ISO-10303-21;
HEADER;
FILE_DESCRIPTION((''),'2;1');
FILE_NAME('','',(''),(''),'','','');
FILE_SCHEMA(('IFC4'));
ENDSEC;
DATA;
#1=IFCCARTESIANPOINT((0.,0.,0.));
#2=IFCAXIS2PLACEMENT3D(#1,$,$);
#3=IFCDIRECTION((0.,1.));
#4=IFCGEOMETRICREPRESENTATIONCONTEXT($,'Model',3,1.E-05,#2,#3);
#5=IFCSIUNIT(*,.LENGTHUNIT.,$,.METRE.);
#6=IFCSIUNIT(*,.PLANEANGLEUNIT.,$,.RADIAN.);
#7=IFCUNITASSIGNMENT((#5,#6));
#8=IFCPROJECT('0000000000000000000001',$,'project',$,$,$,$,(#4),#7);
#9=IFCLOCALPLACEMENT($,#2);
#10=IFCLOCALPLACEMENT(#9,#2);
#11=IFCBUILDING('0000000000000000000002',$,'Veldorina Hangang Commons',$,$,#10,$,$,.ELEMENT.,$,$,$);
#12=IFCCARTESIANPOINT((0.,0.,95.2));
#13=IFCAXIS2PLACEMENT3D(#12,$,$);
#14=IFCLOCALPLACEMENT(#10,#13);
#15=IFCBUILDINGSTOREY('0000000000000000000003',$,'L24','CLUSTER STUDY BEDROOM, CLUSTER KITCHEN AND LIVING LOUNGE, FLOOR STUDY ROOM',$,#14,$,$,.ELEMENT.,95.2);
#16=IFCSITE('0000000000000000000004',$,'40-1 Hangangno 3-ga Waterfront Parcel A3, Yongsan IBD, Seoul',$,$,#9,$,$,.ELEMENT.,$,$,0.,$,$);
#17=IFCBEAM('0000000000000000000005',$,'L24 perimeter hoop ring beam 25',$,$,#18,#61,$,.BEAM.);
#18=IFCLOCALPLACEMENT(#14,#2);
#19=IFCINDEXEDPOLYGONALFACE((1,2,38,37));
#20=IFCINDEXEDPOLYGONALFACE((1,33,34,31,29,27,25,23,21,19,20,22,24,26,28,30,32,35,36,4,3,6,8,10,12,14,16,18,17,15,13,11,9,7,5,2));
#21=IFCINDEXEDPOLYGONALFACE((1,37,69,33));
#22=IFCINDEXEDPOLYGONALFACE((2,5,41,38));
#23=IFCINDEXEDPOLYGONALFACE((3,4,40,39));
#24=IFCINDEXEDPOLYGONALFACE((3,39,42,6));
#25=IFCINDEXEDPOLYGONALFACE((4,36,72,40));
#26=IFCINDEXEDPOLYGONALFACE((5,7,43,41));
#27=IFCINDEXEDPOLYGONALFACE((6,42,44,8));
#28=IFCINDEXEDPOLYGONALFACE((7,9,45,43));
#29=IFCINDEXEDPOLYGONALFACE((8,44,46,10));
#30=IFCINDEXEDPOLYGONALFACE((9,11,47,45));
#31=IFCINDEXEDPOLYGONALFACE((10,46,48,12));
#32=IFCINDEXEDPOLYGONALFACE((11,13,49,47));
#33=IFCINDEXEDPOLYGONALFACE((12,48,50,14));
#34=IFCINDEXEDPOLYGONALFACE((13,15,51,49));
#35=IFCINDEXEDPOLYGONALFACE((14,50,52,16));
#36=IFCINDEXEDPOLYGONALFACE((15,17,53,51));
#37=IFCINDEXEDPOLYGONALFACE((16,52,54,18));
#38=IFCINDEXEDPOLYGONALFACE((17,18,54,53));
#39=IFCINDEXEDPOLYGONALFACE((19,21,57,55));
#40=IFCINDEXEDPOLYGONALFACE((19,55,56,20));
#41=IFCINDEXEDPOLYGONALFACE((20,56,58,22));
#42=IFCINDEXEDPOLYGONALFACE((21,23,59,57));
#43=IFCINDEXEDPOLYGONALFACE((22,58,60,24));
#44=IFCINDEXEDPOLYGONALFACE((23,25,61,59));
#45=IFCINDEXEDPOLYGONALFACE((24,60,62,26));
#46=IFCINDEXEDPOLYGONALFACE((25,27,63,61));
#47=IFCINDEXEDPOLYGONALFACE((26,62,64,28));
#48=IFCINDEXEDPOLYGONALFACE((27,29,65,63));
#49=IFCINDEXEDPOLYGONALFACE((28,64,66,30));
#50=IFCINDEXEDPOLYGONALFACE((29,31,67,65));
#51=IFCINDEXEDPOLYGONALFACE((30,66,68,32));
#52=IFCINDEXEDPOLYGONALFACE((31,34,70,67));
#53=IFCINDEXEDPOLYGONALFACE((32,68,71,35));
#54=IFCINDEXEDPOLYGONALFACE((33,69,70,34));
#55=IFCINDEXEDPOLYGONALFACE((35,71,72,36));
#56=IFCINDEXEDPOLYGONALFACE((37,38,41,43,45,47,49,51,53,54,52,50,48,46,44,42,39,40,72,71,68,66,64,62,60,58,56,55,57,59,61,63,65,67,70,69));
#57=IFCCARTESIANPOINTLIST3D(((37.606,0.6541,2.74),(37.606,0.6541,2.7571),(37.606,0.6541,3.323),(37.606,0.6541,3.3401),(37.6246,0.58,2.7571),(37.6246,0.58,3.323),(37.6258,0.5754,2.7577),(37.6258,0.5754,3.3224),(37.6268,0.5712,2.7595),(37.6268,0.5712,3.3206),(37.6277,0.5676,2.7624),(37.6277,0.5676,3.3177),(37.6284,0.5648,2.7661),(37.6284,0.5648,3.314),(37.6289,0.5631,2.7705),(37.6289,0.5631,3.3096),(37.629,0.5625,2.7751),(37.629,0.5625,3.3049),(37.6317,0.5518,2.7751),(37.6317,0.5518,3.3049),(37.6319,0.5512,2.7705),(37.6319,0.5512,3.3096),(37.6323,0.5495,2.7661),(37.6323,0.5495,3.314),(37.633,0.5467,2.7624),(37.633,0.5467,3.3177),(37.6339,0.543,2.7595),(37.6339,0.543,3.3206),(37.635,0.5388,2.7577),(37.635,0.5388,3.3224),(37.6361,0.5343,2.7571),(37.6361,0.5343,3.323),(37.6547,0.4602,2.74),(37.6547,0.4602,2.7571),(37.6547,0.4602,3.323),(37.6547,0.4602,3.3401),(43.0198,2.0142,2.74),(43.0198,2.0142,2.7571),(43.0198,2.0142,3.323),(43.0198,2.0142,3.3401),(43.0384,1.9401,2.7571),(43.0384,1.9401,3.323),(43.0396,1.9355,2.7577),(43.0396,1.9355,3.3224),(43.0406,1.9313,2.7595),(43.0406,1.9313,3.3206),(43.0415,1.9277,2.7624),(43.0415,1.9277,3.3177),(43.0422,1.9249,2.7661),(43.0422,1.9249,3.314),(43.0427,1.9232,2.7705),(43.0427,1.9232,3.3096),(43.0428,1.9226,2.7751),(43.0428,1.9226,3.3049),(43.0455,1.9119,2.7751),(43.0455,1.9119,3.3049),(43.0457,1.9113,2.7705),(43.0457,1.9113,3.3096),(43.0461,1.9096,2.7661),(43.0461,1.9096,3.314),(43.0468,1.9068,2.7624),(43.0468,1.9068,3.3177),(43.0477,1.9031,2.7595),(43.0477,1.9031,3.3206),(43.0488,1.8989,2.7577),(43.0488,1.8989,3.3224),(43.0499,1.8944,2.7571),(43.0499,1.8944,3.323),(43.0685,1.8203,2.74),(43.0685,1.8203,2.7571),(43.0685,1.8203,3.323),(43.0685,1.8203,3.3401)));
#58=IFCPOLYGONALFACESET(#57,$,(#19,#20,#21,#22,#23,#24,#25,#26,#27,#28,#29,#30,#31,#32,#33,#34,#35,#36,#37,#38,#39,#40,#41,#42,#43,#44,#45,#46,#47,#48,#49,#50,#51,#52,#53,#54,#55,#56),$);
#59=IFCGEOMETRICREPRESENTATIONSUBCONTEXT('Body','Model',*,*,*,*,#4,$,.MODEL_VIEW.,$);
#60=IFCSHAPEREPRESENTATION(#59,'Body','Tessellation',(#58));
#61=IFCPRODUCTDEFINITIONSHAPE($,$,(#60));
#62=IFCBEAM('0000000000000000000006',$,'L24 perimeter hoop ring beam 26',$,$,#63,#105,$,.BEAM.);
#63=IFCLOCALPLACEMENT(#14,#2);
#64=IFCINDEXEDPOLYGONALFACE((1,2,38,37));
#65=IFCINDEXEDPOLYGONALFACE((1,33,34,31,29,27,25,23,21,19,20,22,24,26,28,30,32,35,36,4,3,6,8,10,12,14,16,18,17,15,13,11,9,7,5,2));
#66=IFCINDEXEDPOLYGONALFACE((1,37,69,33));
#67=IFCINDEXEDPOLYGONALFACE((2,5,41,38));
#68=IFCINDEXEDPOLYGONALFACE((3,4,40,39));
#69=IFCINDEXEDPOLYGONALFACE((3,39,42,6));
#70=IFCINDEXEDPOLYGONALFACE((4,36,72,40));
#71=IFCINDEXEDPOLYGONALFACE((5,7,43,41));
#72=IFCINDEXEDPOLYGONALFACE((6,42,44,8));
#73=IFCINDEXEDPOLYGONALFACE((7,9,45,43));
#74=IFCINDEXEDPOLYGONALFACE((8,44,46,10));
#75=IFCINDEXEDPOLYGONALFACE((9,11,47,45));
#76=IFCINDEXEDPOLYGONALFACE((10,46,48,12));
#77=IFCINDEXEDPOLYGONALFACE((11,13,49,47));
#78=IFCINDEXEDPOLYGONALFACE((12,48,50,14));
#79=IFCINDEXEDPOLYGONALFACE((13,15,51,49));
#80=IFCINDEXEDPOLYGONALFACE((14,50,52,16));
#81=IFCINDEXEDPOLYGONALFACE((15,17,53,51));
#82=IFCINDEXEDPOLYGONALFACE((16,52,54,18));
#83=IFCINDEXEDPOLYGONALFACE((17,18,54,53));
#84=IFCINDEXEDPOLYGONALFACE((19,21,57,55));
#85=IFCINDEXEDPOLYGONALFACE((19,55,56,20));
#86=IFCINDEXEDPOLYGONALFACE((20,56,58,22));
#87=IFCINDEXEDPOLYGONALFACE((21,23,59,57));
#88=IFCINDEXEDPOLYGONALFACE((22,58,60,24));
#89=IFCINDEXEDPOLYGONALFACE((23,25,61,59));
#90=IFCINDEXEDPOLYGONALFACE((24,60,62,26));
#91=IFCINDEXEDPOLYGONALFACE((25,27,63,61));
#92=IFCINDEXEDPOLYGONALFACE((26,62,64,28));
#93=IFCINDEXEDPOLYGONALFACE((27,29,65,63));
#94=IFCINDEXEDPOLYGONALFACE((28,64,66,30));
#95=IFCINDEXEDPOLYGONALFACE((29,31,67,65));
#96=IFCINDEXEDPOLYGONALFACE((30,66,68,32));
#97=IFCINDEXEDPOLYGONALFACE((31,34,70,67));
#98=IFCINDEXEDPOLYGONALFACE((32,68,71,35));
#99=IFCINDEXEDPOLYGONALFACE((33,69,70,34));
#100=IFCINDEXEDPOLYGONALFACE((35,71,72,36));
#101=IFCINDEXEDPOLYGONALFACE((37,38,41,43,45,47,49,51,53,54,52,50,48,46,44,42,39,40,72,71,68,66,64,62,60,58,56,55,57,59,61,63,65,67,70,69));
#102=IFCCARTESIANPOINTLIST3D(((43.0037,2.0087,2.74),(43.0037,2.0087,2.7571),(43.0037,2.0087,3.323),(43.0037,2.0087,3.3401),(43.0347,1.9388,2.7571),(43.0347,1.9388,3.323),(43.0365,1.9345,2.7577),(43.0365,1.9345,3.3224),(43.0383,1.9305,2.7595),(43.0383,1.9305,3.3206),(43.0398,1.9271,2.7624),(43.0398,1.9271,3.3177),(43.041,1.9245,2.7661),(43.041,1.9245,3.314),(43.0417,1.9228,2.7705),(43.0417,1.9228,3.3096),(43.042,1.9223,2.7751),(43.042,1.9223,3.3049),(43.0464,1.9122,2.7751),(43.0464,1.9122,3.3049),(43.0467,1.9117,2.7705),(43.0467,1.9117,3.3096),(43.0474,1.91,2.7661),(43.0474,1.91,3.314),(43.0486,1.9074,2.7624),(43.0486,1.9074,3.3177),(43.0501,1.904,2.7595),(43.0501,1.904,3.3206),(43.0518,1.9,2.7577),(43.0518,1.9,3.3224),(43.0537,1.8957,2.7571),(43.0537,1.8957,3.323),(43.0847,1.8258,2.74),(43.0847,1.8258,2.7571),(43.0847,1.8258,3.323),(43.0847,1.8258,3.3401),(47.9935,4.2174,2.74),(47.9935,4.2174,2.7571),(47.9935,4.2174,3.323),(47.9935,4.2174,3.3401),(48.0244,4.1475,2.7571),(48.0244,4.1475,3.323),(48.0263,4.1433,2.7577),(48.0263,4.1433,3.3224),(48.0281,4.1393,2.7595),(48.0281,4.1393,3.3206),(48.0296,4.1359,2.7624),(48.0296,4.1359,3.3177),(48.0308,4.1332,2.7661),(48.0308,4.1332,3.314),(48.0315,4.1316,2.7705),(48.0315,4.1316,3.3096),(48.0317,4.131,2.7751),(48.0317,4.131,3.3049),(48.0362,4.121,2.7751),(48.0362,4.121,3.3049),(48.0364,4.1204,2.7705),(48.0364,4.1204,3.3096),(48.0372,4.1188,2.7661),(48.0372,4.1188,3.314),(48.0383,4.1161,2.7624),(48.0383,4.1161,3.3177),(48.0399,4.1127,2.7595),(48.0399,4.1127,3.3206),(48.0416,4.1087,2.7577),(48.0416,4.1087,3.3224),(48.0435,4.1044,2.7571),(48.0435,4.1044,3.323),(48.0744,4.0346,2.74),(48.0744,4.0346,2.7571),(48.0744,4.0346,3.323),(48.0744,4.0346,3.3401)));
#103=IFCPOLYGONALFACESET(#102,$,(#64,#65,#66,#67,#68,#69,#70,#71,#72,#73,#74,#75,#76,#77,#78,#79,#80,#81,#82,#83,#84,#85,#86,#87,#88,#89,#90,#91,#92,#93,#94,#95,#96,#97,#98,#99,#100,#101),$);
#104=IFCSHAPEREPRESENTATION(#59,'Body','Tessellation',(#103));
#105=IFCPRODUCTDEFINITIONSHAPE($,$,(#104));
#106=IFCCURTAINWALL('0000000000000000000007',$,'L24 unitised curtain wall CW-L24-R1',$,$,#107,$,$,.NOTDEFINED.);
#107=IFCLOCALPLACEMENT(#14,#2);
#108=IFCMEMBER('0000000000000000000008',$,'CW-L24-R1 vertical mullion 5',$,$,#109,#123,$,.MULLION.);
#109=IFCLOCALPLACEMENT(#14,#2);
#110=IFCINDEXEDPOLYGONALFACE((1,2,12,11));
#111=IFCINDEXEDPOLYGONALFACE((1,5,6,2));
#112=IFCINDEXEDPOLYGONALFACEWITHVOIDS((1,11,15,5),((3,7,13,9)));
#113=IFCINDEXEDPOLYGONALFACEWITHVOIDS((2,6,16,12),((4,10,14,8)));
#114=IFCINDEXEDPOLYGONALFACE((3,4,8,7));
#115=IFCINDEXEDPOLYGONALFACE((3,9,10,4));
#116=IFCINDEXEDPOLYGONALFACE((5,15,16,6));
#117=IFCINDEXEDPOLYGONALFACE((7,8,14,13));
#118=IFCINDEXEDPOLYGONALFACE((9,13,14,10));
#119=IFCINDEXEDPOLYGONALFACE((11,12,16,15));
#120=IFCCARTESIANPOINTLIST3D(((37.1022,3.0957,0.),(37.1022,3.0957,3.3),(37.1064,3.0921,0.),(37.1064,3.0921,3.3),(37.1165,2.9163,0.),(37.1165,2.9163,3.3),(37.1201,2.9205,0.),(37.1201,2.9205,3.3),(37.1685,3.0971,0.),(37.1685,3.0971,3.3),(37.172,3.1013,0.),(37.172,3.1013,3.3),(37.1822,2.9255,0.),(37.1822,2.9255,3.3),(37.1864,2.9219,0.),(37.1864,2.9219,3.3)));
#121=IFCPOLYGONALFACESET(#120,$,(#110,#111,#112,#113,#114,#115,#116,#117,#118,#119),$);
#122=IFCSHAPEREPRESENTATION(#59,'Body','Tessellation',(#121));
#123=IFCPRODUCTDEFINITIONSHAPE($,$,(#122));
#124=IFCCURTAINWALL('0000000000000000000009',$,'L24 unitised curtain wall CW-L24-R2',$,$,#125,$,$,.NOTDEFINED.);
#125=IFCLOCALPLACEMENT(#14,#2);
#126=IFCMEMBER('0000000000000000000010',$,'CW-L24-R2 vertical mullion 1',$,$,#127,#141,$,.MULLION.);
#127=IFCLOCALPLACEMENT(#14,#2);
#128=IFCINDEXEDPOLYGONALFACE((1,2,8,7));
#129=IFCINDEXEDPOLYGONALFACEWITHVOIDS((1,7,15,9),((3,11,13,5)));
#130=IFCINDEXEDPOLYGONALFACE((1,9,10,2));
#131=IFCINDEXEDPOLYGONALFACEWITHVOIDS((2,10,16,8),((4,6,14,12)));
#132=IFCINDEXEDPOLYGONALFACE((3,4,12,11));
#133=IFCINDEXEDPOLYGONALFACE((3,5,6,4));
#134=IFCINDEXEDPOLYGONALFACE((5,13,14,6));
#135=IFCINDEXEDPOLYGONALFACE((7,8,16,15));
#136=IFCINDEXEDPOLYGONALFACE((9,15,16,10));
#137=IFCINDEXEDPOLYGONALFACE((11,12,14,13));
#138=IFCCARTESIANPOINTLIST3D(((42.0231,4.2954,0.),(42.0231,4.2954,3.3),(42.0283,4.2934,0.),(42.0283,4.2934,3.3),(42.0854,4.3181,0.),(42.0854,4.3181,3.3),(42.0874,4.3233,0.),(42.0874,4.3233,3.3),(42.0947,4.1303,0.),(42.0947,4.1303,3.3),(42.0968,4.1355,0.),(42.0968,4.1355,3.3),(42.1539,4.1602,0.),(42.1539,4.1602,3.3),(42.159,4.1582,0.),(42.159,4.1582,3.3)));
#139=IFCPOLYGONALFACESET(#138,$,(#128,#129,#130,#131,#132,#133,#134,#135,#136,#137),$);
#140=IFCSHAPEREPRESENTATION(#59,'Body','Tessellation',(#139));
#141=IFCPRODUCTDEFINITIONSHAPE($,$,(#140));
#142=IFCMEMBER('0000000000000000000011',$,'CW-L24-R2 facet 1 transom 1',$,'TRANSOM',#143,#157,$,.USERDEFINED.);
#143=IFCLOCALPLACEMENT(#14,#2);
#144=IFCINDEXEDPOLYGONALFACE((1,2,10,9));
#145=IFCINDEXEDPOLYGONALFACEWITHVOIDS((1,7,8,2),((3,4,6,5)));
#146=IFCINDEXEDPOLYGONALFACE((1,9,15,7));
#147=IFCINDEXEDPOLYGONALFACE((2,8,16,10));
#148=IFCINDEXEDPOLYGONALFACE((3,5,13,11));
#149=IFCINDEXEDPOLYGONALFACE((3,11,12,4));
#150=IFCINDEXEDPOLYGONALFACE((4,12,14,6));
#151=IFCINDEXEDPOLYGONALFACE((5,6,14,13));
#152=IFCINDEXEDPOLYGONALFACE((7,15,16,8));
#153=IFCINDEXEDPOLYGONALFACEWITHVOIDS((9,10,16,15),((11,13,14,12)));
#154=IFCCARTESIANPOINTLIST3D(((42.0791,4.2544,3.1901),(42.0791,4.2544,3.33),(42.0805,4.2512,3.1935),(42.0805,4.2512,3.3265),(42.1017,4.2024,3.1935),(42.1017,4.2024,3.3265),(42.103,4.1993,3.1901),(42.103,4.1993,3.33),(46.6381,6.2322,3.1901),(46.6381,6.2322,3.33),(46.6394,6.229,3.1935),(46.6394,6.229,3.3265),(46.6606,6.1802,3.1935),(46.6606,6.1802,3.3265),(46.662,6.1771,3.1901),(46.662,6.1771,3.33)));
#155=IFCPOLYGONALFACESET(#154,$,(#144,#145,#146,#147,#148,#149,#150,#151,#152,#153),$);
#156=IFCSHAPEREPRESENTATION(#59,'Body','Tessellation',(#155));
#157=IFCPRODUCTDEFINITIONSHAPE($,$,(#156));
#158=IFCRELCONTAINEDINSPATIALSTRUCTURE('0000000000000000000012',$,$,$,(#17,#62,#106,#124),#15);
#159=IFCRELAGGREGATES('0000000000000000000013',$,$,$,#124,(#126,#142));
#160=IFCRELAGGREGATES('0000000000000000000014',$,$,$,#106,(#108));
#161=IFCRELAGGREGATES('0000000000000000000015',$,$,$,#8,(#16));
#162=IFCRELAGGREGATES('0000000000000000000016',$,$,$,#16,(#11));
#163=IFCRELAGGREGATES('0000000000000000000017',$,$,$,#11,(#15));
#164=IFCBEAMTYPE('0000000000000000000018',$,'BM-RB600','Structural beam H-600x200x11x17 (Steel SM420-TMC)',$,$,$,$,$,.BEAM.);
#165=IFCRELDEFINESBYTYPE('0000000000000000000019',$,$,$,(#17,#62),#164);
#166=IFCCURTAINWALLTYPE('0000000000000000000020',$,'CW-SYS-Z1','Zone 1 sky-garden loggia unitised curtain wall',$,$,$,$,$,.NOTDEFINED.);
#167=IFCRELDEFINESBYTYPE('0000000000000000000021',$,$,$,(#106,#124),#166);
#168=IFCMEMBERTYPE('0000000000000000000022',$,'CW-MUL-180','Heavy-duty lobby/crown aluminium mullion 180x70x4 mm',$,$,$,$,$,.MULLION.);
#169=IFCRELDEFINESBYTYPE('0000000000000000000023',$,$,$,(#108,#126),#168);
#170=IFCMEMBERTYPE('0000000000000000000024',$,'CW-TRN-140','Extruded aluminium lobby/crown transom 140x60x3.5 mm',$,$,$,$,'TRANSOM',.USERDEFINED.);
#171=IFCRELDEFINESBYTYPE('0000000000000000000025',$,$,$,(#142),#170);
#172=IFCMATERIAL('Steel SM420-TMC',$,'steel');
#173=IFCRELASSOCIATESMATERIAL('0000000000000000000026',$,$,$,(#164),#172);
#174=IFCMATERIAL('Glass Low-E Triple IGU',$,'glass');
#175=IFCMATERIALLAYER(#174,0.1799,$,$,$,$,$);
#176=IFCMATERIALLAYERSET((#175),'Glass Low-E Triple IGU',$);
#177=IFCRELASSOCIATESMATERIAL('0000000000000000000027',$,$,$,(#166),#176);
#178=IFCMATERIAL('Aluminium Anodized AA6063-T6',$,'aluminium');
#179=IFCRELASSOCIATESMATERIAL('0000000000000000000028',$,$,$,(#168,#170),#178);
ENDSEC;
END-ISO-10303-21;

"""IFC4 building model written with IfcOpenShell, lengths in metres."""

from ifc_helpers import new_model, si_unit, direction, frame, origin, origin_2d, place, context, subcontext, project, spatial, hollow_rectangle, i_section, extrude, material, layer, layer_set, material_profile, profile_set, type_object, element, aggregate, save


model = new_model("IFC4")

# Units and contexts
model_context = context("Model", 3, precision=1e-05, world=origin(), true_north=direction((0.0, 1.0)))
body_context = subcontext(model_context, "Body", "Model", "MODEL_VIEW")
ifc_project = project(units=[si_unit("LENGTHUNIT", "METRE"), si_unit("PLANEANGLEUNIT", "RADIAN")], contexts=[model_context])

# Site, building, storey
site_placement = place(None, origin())
site = spatial("IfcSite", under=ifc_project, at=site_placement, Name="40-1 Hangangno 3-ga Waterfront Parcel A3, Yongsan IBD, Seoul", CompositionType="ELEMENT", RefElevation=0.0)
building_placement = place(site_placement, origin())
building = spatial("IfcBuilding", under=site, at=building_placement, Name="Veldorina Hangang Commons", CompositionType="ELEMENT")
storey_placement = place(building_placement, frame((0.0, 0.0, 95.2)))
storey = spatial("IfcBuildingStorey", under=building, at=storey_placement, Name="L24", Description="CLUSTER STUDY BEDROOM, CLUSTER KITCHEN AND LIVING LOUNGE, FLOOR STUDY ROOM", CompositionType="ELEMENT", Elevation=95.2)

# Beams
ifc_material_1 = material(Name="Steel SM420-TMC", Category="steel")
ifc_material_profile_1 = material_profile(ifc_material_1, i_section(OverallWidth=0.2, OverallDepth=0.6001, WebThickness=0.011, FlangeThickness=0.0171, FilletRadius=0.0181, at=origin_2d()), Name="H-600x200x11x17")
ifc_profile_set_1 = profile_set([ifc_material_profile_1], Name="Steel SM420-TMC")
beam_type = type_object("IfcBeamType", Name="BM-RB600", Description="Structural beam H-600x200x11x17 (Steel SM420-TMC)", PredefinedType="BEAM", material=ifc_profile_set_1)
beam_1_placement = place(storey_placement, frame((37.6304, 0.5571, 3.04), z_axis=(0.969861, 0.243657, 0.0), x_axis=(-0.243657, 0.969861, 0.0)))
element("IfcBeam", 1, at=beam_1_placement, inside=storey, type_object=beam_type, Name="L24 perimeter hoop ring beam 25", PredefinedType="BEAM", context=body_context, shape_type="SweptSolid", body=[
    extrude(i_section(OverallWidth=0.2, OverallDepth=0.6001, WebThickness=0.011, FlangeThickness=0.0171, FilletRadius=0.0181, at=origin_2d()), origin(), (0.0, 0.0, 1.0), 5.582),
])
beam_2_placement = place(storey_placement, frame((43.0442, 1.9172, 3.04), z_axis=(0.914418, 0.404772, 0.0), x_axis=(-0.404772, 0.914418, 0.0)))
element("IfcBeam", 2, at=beam_2_placement, inside=storey, type_object=beam_type, Name="L24 perimeter hoop ring beam 26", PredefinedType="BEAM", context=body_context, shape_type="SweptSolid", body=[
    extrude(i_section(OverallWidth=0.2, OverallDepth=0.6001, WebThickness=0.011, FlangeThickness=0.0171, FilletRadius=0.0181, at=origin_2d()), origin(), (0.0, 0.0, 1.0), 5.4568),
])

# Curtain wall, member
ifc_material_2 = material(Name="Glass Low-E Triple IGU", Category="glass")
ifc_layer_1 = layer(ifc_material_2, 0.1799)
ifc_layer_set_1 = layer_set([ifc_layer_1], Name="Glass Low-E Triple IGU")
curtain_wall_type = type_object("IfcCurtainWallType", Name="CW-SYS-Z1", Description="Zone 1 sky-garden loggia unitised curtain wall", PredefinedType="NOTDEFINED", material=ifc_layer_set_1)
curtain_wall_1_placement = place(storey_placement, origin())
curtain_wall_1 = element("IfcCurtainWall", 3, at=curtain_wall_1_placement, inside=storey, type_object=curtain_wall_type, Name="L24 unitised curtain wall CW-L24-R1", PredefinedType="NOTDEFINED")
ifc_material_3 = material(Name="Aluminium Anodized AA6063-T6", Category="aluminium")
ifc_material_profile_2 = material_profile(ifc_material_3, hollow_rectangle(XDim=0.0701, YDim=0.1799, WallThickness=0.0039, at=origin_2d()), Name="ALU-RHS-180x70x4")
ifc_profile_set_2 = profile_set([ifc_material_profile_2], Name="Aluminium Anodized AA6063-T6")
member_type_1 = type_object("IfcMemberType", Name="CW-MUL-180", Description="Heavy-duty lobby/crown aluminium mullion 180x70x4 mm", PredefinedType="MULLION", material=ifc_profile_set_2)
member_1_placement = place(storey_placement, frame((37.1443, 3.0088, 0.0), z_axis=(0.0, 0.0, 1.0), x_axis=(-0.996821, -0.079677, 0.0)))
member_1 = element("IfcMember", 4, at=member_1_placement, type_object=member_type_1, Name="CW-L24-R1 vertical mullion 5", PredefinedType="MULLION", context=body_context, shape_type="SweptSolid", body=[
    extrude(hollow_rectangle(XDim=0.0701, YDim=0.1799, WallThickness=0.0039, at=origin_2d()), origin(), (0.0, 0.0, 1.0), 3.3),
])

# Curtain wall, members
curtain_wall_2_placement = place(storey_placement, origin())
curtain_wall_2 = element("IfcCurtainWall", 5, at=curtain_wall_2_placement, inside=storey, type_object=curtain_wall_type, Name="L24 unitised curtain wall CW-L24-R2", PredefinedType="NOTDEFINED")
member_2_placement = place(storey_placement, frame((42.0911, 4.2268, 0.0), z_axis=(0.0, 0.0, 1.0), x_axis=(0.917387, 0.397997, 0.0)))
member_2 = element("IfcMember", 6, at=member_2_placement, type_object=member_type_1, Name="CW-L24-R2 vertical mullion 1", PredefinedType="MULLION", context=body_context, shape_type="SweptSolid", body=[
    extrude(hollow_rectangle(XDim=0.0701, YDim=0.1799, WallThickness=0.0039, at=origin_2d()), origin(), (0.0, 0.0, 1.0), 3.3),
])
ifc_material_profile_3 = material_profile(ifc_material_3, hollow_rectangle(XDim=0.0601, YDim=0.1399, WallThickness=0.0034, at=origin_2d()), Name="ALU-RHS-140x60x3.5")
ifc_profile_set_3 = profile_set([ifc_material_profile_3], Name="Aluminium Anodized AA6063-T6")
member_type_2 = type_object("IfcMemberType", Name="CW-TRN-140", Description="Extruded aluminium lobby/crown transom 140x60x3.5 mm", ElementType="TRANSOM", PredefinedType="USERDEFINED", material=ifc_profile_set_3)
member_3_placement = place(storey_placement, frame((42.0911, 4.2268, 3.26), z_axis=(0.917388, 0.397995, 0.0), x_axis=(-0.397995, 0.917388, 0.0)))
member_3 = element("IfcMember", 7, at=member_3_placement, type_object=member_type_2, Name="CW-L24-R2 facet 1 transom 1", ObjectType="TRANSOM", PredefinedType="USERDEFINED", context=body_context, shape_type="SweptSolid", body=[
    extrude(hollow_rectangle(XDim=0.0601, YDim=0.1399, WallThickness=0.0034, at=origin_2d()), origin(), (0.0, 0.0, 1.0), 4.9695),
])
aggregate(curtain_wall_2, [member_2, member_3])

aggregate(curtain_wall_1, [member_1])

save(model, "model.ifc")
